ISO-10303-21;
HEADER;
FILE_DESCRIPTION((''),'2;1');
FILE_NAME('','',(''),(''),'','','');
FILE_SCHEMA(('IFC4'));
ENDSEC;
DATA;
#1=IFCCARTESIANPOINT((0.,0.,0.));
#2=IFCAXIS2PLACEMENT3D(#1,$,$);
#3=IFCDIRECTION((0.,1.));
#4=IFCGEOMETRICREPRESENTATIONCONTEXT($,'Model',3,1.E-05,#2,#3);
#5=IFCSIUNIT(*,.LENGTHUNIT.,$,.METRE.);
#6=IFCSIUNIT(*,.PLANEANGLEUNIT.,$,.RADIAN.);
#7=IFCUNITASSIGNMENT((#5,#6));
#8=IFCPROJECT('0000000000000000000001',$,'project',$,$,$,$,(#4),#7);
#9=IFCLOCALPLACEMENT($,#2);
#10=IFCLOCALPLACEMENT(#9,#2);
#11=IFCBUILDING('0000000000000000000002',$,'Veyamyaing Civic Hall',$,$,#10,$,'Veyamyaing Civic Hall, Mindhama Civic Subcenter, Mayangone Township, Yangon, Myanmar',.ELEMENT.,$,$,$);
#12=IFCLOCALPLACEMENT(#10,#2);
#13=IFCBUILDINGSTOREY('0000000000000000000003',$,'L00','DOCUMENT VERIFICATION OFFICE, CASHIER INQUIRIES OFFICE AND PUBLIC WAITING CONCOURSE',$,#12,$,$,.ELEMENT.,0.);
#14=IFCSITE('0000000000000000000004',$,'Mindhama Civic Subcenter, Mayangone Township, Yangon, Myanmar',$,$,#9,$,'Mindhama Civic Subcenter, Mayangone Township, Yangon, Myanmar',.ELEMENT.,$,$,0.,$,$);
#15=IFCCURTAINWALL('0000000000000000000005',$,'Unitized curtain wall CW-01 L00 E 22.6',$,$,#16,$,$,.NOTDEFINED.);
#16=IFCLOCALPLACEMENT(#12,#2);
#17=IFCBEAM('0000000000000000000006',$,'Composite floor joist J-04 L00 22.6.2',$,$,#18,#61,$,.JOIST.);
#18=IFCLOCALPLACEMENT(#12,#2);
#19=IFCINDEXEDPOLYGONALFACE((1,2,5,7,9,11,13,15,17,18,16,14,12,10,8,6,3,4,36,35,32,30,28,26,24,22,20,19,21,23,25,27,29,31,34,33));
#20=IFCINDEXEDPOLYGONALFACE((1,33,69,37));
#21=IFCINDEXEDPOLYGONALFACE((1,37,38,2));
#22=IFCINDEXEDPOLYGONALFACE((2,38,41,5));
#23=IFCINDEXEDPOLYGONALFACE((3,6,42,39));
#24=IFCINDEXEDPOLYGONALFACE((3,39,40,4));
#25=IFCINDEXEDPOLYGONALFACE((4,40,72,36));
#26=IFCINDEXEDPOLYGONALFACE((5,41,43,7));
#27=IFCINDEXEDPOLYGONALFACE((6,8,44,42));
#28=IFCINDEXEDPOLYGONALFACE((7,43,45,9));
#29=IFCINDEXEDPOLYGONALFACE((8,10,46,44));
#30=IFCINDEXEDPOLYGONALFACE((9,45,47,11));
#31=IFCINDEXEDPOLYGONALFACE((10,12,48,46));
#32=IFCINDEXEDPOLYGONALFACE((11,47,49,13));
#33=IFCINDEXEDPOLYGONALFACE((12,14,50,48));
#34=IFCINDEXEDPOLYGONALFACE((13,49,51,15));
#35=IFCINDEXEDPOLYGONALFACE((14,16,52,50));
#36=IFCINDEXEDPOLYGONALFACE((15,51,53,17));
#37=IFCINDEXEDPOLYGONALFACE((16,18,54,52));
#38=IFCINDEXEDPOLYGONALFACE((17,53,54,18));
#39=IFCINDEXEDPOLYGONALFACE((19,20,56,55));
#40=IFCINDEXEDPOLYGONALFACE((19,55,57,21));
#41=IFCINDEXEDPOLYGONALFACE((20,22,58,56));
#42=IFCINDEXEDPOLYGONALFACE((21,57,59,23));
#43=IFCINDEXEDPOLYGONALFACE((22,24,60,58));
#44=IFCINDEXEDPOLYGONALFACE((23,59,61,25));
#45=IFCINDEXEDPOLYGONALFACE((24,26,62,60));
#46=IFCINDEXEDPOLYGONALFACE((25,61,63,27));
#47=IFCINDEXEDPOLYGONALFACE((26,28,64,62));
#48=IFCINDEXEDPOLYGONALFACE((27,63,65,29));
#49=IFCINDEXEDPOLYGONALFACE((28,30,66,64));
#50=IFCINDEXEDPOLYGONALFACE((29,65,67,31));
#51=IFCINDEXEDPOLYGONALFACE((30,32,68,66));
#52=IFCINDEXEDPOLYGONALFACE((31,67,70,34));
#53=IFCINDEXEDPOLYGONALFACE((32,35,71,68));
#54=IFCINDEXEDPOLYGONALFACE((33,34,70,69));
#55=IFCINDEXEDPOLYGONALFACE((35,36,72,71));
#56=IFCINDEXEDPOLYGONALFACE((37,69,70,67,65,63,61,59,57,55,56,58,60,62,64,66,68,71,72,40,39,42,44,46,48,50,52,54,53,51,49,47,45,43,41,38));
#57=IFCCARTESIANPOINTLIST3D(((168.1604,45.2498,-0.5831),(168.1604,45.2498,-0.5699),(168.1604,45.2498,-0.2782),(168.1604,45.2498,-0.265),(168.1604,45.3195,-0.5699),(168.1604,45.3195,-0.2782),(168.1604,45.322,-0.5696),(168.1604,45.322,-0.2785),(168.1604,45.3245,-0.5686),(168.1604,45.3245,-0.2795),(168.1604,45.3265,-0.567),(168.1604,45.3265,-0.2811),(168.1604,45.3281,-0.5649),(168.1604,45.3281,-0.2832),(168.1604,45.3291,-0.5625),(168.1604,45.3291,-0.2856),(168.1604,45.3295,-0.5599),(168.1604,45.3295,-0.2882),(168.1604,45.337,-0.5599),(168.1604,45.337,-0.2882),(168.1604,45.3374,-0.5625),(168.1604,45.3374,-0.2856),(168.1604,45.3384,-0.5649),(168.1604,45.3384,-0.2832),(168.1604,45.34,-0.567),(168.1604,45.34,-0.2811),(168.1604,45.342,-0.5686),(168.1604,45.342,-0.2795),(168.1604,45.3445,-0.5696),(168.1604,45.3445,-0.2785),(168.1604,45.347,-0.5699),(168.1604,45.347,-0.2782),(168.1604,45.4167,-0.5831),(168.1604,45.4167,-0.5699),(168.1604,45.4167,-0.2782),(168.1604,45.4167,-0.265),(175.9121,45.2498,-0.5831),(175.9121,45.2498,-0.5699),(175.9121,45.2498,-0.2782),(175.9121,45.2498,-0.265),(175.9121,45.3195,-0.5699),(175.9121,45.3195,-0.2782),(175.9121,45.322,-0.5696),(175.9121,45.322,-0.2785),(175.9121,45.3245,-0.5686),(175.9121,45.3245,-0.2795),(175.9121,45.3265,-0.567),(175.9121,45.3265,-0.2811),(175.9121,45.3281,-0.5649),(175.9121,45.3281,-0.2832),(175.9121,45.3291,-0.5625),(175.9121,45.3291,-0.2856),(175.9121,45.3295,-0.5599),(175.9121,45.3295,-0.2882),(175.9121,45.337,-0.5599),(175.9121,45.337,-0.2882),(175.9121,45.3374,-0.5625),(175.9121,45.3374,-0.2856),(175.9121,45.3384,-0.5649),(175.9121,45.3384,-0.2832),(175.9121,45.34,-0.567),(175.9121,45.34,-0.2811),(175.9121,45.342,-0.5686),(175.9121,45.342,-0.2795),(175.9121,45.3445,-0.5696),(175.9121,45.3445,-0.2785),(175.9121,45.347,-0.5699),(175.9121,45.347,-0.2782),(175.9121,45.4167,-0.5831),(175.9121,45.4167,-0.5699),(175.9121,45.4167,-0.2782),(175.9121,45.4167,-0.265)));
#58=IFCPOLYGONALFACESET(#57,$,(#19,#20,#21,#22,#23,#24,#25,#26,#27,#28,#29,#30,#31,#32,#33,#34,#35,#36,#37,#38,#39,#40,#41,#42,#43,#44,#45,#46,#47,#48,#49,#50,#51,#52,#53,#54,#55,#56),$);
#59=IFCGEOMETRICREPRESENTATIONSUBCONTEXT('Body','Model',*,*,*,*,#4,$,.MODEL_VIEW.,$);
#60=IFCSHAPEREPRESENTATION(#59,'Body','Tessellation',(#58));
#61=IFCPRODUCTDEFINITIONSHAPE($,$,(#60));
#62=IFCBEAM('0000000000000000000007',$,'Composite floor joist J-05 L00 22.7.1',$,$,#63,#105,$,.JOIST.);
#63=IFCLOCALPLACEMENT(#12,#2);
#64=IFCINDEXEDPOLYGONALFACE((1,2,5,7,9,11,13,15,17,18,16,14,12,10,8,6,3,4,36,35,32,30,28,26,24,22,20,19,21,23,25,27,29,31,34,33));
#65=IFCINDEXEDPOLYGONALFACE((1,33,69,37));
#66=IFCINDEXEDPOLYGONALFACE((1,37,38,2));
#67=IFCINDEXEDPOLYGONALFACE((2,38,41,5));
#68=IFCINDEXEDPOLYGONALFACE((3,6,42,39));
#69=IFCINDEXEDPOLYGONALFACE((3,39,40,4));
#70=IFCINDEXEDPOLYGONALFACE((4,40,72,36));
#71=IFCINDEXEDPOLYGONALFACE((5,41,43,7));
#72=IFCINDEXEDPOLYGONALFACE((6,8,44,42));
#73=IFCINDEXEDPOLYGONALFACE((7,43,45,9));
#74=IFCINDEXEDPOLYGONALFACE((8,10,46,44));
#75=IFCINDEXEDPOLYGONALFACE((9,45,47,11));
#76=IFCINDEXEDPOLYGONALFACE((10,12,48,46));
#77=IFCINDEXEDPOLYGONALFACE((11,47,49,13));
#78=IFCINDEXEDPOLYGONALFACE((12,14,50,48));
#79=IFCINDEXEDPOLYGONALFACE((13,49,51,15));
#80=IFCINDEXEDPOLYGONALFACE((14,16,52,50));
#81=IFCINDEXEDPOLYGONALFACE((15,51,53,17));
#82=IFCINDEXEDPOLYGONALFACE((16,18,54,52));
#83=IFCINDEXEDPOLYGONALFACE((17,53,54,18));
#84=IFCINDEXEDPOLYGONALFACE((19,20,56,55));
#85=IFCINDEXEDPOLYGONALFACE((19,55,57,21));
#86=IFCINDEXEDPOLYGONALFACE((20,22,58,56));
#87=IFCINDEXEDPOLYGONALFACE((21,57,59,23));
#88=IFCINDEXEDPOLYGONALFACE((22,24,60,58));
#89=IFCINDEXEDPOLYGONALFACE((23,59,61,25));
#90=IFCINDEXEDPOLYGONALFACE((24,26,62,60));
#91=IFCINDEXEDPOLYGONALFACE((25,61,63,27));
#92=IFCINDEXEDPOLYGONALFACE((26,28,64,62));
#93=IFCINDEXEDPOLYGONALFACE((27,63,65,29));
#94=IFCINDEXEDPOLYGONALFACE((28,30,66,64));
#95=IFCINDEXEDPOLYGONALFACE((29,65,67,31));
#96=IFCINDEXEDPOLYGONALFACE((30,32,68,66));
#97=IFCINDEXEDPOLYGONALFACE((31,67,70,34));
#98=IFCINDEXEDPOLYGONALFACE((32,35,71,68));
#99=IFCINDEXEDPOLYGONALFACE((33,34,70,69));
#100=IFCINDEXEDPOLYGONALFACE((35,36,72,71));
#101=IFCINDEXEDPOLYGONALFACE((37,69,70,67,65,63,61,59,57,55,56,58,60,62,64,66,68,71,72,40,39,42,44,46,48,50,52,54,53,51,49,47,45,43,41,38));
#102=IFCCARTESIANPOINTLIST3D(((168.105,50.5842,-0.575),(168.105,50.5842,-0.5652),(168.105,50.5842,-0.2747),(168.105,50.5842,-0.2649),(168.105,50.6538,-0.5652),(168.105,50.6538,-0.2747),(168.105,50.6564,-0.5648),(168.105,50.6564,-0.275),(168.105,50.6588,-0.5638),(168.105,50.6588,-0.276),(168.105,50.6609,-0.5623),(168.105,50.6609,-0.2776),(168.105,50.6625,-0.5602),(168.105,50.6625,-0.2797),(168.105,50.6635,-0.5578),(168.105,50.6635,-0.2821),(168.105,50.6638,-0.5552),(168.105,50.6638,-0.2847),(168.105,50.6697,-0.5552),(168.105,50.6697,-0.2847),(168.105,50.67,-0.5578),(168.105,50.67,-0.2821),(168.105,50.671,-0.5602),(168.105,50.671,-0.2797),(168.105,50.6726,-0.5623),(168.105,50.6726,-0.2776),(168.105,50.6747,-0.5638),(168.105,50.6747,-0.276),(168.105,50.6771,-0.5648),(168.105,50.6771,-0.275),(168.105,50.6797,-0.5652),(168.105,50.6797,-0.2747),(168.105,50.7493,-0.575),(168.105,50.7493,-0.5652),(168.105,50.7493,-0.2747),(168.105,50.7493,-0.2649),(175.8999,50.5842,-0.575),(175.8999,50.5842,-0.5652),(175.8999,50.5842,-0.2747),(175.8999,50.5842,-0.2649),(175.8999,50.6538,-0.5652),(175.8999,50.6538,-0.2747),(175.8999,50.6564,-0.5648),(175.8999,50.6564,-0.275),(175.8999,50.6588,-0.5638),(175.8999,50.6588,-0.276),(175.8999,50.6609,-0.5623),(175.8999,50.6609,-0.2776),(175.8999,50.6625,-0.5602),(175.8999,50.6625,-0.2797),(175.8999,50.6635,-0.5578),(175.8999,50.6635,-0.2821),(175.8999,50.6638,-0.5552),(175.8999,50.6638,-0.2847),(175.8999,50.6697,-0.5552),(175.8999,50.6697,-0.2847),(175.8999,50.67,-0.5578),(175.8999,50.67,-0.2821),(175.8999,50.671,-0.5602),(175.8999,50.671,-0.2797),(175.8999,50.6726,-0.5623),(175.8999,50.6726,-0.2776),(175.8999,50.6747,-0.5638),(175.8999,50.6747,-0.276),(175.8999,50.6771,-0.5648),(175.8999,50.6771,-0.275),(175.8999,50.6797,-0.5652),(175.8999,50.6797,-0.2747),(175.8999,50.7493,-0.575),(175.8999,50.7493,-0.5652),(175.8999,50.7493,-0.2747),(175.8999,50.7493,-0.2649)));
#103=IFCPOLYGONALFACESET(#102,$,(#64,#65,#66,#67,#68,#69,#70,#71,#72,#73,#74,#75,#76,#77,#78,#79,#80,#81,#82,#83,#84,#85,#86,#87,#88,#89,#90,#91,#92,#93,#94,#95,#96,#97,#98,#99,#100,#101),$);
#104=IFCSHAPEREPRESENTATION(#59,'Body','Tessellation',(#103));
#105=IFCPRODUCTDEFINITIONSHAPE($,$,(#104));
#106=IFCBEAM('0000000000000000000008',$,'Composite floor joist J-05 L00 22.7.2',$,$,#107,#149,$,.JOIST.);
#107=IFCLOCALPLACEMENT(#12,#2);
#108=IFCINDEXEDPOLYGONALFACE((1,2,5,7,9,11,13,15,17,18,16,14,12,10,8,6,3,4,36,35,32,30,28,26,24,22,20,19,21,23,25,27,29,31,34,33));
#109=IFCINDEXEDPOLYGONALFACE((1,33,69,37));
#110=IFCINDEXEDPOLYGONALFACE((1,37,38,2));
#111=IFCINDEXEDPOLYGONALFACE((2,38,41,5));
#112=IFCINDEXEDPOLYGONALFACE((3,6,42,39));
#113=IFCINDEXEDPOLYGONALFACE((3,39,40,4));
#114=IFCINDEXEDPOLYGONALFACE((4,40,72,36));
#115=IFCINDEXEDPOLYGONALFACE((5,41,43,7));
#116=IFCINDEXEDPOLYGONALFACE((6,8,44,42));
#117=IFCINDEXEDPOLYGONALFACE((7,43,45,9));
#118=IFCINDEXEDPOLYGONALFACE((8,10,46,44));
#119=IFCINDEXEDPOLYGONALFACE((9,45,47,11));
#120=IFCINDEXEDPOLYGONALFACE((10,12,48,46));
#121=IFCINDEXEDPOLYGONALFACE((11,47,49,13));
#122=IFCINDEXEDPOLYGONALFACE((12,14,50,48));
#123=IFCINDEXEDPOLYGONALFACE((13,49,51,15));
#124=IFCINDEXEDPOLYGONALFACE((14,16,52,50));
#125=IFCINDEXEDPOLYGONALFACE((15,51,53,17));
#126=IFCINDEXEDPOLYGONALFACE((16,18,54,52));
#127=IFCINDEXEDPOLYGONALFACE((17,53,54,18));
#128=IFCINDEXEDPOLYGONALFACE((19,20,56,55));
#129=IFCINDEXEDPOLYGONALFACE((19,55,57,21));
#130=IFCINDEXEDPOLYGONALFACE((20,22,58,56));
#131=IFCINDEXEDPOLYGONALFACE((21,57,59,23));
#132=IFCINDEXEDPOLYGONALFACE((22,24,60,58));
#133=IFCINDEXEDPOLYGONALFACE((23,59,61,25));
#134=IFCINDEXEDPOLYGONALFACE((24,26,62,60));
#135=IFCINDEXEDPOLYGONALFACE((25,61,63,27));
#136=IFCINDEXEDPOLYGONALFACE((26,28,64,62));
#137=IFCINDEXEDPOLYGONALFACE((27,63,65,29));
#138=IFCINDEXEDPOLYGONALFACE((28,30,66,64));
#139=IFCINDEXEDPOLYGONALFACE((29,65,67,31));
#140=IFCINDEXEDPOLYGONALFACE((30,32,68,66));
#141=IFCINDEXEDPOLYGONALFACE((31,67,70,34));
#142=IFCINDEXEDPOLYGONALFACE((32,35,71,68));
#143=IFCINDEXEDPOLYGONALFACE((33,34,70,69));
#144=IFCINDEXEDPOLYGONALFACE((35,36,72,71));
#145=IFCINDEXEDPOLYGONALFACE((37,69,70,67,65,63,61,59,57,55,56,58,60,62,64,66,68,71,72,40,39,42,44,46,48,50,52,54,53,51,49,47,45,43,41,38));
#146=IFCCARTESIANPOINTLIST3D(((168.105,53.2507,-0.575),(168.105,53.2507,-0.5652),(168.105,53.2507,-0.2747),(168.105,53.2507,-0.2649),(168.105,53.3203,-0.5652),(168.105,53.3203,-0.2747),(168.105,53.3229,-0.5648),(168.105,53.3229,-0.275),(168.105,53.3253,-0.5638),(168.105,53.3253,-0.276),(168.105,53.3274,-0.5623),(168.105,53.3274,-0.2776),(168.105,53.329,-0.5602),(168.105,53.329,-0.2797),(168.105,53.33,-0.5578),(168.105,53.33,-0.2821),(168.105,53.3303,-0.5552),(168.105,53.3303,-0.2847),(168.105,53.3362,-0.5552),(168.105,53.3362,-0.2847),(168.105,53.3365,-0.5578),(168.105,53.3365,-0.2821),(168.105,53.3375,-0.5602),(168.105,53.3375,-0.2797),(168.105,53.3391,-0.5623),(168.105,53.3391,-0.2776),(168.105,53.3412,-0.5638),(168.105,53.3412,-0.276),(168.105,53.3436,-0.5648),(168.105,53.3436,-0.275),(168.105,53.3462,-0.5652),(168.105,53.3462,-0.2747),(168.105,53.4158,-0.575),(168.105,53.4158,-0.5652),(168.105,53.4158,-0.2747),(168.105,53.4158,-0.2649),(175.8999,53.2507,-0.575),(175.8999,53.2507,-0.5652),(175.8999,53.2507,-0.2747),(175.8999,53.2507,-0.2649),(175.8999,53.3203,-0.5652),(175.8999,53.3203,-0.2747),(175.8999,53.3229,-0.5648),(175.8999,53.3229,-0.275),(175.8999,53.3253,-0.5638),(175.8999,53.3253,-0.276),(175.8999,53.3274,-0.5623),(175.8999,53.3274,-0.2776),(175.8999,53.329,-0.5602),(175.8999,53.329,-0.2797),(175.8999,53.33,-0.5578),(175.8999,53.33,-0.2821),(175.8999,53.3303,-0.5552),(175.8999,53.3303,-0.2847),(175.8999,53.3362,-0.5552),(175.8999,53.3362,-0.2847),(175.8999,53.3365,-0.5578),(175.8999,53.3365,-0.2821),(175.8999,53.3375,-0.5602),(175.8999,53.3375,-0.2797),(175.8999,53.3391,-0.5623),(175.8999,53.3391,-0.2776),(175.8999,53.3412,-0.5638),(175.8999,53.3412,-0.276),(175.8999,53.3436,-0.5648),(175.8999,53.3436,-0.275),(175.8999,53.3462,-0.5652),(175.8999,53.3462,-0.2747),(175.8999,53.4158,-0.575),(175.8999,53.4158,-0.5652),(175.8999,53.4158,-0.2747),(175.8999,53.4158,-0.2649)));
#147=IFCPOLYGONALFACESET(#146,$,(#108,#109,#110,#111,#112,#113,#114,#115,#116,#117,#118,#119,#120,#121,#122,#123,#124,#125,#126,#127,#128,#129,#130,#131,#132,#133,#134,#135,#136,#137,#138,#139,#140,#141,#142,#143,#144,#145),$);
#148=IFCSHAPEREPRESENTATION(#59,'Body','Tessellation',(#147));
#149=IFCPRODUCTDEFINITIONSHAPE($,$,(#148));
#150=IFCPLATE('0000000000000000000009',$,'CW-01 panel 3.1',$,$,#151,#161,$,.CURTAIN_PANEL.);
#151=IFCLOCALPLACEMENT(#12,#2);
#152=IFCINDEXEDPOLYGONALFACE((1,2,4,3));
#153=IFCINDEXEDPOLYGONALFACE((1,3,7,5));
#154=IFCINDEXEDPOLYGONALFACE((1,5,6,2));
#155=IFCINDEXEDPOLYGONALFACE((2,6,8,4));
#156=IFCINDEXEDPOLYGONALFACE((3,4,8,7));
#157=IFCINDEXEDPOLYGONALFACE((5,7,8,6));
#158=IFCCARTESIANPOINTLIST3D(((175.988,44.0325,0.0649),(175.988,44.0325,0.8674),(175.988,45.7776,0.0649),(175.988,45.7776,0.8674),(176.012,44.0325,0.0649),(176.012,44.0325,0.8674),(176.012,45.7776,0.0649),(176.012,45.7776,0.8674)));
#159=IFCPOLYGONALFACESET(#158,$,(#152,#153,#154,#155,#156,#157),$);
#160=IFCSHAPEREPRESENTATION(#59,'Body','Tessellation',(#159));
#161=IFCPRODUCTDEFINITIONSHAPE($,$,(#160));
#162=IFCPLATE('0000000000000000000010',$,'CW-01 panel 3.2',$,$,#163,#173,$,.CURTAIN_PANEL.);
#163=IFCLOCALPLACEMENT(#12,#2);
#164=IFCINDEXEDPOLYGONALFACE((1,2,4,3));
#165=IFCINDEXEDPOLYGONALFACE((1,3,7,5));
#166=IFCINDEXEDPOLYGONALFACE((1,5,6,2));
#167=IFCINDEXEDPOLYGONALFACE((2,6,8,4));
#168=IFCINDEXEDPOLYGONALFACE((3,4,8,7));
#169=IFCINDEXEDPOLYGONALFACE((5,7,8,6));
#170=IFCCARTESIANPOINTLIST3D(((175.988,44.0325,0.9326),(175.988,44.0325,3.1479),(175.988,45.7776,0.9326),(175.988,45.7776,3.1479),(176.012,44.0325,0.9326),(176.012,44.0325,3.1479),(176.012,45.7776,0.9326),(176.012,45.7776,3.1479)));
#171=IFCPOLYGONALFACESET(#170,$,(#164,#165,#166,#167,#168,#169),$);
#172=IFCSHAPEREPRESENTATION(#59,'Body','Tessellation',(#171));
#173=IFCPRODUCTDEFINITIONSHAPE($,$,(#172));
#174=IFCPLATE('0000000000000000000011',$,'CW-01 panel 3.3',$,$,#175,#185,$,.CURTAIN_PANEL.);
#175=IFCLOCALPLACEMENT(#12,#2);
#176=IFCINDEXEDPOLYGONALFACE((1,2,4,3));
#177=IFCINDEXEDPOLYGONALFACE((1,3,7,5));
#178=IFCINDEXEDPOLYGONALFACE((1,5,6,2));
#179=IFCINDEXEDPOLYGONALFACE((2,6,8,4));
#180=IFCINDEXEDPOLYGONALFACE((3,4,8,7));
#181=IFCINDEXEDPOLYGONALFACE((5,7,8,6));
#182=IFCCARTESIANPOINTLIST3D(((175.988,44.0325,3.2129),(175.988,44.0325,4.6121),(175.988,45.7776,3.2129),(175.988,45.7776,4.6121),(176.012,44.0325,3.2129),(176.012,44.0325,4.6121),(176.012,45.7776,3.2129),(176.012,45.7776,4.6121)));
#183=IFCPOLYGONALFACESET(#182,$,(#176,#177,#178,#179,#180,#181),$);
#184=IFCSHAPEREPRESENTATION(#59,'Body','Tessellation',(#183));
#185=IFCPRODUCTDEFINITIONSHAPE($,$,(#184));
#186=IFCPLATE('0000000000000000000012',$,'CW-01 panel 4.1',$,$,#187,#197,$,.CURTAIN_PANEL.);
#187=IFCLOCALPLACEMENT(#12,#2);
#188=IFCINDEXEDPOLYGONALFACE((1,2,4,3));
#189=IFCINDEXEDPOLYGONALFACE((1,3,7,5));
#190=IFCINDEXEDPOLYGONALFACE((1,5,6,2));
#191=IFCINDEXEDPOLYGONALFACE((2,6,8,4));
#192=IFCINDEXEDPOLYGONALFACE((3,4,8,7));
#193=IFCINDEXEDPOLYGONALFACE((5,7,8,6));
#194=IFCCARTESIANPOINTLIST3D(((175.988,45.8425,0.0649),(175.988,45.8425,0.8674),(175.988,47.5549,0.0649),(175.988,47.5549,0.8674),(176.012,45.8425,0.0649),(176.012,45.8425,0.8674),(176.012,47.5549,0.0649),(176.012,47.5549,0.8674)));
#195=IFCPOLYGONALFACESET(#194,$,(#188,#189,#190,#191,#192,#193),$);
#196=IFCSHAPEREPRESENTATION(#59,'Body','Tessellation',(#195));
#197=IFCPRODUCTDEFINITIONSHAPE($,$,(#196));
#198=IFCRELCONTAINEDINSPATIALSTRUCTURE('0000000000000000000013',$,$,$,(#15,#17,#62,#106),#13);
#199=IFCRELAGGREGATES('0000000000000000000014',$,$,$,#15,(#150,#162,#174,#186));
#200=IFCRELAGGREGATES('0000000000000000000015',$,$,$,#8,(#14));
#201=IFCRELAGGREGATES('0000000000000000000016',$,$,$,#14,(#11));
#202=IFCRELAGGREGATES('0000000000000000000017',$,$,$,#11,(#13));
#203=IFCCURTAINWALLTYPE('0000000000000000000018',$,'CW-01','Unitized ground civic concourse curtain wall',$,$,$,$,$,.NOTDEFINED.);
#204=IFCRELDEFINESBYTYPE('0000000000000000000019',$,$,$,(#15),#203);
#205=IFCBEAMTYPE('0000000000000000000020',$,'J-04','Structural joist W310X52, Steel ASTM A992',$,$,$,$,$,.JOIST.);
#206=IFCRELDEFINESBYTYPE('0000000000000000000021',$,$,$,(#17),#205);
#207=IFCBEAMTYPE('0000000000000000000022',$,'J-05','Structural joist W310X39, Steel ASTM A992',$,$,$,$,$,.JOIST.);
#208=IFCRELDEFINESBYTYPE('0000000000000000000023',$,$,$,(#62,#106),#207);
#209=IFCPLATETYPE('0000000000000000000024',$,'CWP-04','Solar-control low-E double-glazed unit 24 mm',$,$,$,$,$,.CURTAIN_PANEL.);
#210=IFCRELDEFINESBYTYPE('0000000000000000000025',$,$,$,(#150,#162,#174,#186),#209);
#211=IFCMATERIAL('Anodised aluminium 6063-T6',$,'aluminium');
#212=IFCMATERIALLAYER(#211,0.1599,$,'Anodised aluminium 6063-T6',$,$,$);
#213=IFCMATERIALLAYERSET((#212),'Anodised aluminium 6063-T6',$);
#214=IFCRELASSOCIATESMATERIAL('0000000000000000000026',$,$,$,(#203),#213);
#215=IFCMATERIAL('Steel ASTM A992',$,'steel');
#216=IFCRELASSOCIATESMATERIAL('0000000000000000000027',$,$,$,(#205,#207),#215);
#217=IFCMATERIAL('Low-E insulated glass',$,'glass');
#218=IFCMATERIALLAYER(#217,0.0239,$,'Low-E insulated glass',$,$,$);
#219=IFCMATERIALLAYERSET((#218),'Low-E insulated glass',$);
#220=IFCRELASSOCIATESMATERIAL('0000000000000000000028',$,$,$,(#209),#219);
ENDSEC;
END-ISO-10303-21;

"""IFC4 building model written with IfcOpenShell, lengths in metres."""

from ifc_helpers import new_model, si_unit, direction, frame, origin, origin_2d, place, context, subcontext, project, spatial, rectangle, i_section, extrude, material, layer, layer_set, material_profile, profile_set, type_object, element, aggregate, save


model = new_model("IFC4")

# Units and contexts
model_context = context("Model", 3, precision=1e-05, world=origin(), true_north=direction((0.0, 1.0)))
body_context = subcontext(model_context, "Body", "Model", "MODEL_VIEW")
ifc_project = project(units=[si_unit("LENGTHUNIT", "METRE"), si_unit("PLANEANGLEUNIT", "RADIAN")], contexts=[model_context])

# Site, building, storey
site_placement = place(None, origin())
site = spatial("IfcSite", under=ifc_project, at=site_placement, Name="Mindhama Civic Subcenter, Mayangone Township, Yangon, Myanmar", LongName="Mindhama Civic Subcenter, Mayangone Township, Yangon, Myanmar", CompositionType="ELEMENT", RefElevation=0.0)
building_placement = place(site_placement, origin())
building = spatial("IfcBuilding", under=site, at=building_placement, Name="Veyamyaing Civic Hall", LongName="Veyamyaing Civic Hall, Mindhama Civic Subcenter, Mayangone Township, Yangon, Myanmar", CompositionType="ELEMENT")
storey_placement = place(building_placement, origin())
storey = spatial("IfcBuildingStorey", under=building, at=storey_placement, Name="L00", Description="DOCUMENT VERIFICATION OFFICE, CASHIER INQUIRIES OFFICE AND PUBLIC WAITING CONCOURSE", CompositionType="ELEMENT", Elevation=0.0)

# Shared definitions
ifc_material_1 = material(Name="Steel ASTM A992", Category="steel")

# Curtain wall
ifc_material_2 = material(Name="Anodised aluminium 6063-T6", Category="aluminium")
ifc_layer_1 = layer(ifc_material_2, 0.1599, Name="Anodised aluminium 6063-T6")
ifc_layer_set_1 = layer_set([ifc_layer_1], Name="Anodised aluminium 6063-T6")
curtain_wall_type = type_object("IfcCurtainWallType", Name="CW-01", Description="Unitized ground civic concourse curtain wall", PredefinedType="NOTDEFINED", material=ifc_layer_set_1)
curtain_wall_placement = place(storey_placement, origin())
curtain_wall = element("IfcCurtainWall", 1, at=curtain_wall_placement, inside=storey, type_object=curtain_wall_type, Name="Unitized curtain wall CW-01 L00 E 22.6", PredefinedType="NOTDEFINED")

# Beams
ifc_material_profile_1 = material_profile(ifc_material_1, i_section(OverallWidth=0.167, OverallDepth=0.3181, WebThickness=0.0076, FlangeThickness=0.0132, FilletRadius=0.01, at=origin_2d()), Name="W310X52")
ifc_profile_set_1 = profile_set([ifc_material_profile_1], Name="Steel ASTM A992")
beam_type_1 = type_object("IfcBeamType", Name="J-04", Description="Structural joist W310X52, Steel ASTM A992", PredefinedType="JOIST", material=ifc_profile_set_1)
beam_1_placement = place(storey_placement, frame((168.1604, 45.3333, -0.4241), z_axis=(1.0, 0.0, 0.0), x_axis=(0.0, 1.0, 0.0)))
element("IfcBeam", 2, at=beam_1_placement, inside=storey, type_object=beam_type_1, Name="Composite floor joist J-04 L00 22.6.2", PredefinedType="JOIST", context=body_context, shape_type="SweptSolid", body=[
    extrude(i_section(OverallWidth=0.167, OverallDepth=0.3181, WebThickness=0.0076, FlangeThickness=0.0132, FilletRadius=0.01, at=origin_2d()), origin(), (0.0, 0.0, 1.0), 7.7517),
])
ifc_material_profile_2 = material_profile(ifc_material_1, i_section(OverallWidth=0.165, OverallDepth=0.3101, WebThickness=0.0059, FlangeThickness=0.0098, FilletRadius=0.01, at=origin_2d()), Name="W310X39")
ifc_profile_set_2 = profile_set([ifc_material_profile_2], Name="Steel ASTM A992")
beam_type_2 = type_object("IfcBeamType", Name="J-05", Description="Structural joist W310X39, Steel ASTM A992", PredefinedType="JOIST", material=ifc_profile_set_2)
for number, where, z_axis, x_axis, name in (
    (3, (168.105, 50.6667, -0.4199), (1.0, 0.0, 0.0), (0.0, 1.0, 0.0), "Composite floor joist J-05 L00 22.7.1"),
    (4, (168.105, 53.3333, -0.4199), (1.0, 0.0, 0.0), (0.0, 1.0, 0.0), "Composite floor joist J-05 L00 22.7.2"),
):
    element("IfcBeam", number, at=place(storey_placement, frame(where, z_axis=z_axis, x_axis=x_axis)), inside=storey, type_object=beam_type_2, Name=name, PredefinedType="JOIST", context=body_context, shape_type="SweptSolid", body=[
        extrude(i_section(OverallWidth=0.165, OverallDepth=0.3101, WebThickness=0.0059, FlangeThickness=0.0098, FilletRadius=0.01, at=origin_2d()), origin(), (0.0, 0.0, 1.0), 7.7949),
    ])

# Plates
ifc_material_3 = material(Name="Low-E insulated glass", Category="glass")
ifc_layer_2 = layer(ifc_material_3, 0.0239, Name="Low-E insulated glass")
ifc_layer_set_2 = layer_set([ifc_layer_2], Name="Low-E insulated glass")
plate_type = type_object("IfcPlateType", Name="CWP-04", Description="Solar-control low-E double-glazed unit 24 mm", PredefinedType="CURTAIN_PANEL", material=ifc_layer_set_2)
plate_1_placement = place(storey_placement, frame((176.0, 44.905, 0.0649), z_axis=(0.0, 0.0, 1.0), x_axis=(0.0, 1.0, 0.0)))
plate_1 = element("IfcPlate", 5, at=plate_1_placement, type_object=plate_type, Name="CW-01 panel 3.1", PredefinedType="CURTAIN_PANEL", context=body_context, shape_type="SweptSolid", body=[
    extrude(rectangle(XDim=1.7451, YDim=0.0239, at=origin_2d()), origin(), (0.0, 0.0, 1.0), 0.8025),
])
plate_2_placement = place(storey_placement, frame((176.0, 44.905, 0.9326), z_axis=(0.0, 0.0, 1.0), x_axis=(0.0, 1.0, 0.0)))
plate_2 = element("IfcPlate", 6, at=plate_2_placement, type_object=plate_type, Name="CW-01 panel 3.2", PredefinedType="CURTAIN_PANEL", context=body_context, shape_type="SweptSolid", body=[
    extrude(rectangle(XDim=1.7451, YDim=0.0239, at=origin_2d()), origin(), (0.0, 0.0, 1.0), 2.2153),
])
plate_3_placement = place(storey_placement, frame((176.0, 44.905, 3.2129), z_axis=(0.0, 0.0, 1.0), x_axis=(0.0, 1.0, 0.0)))
plate_3 = element("IfcPlate", 7, at=plate_3_placement, type_object=plate_type, Name="CW-01 panel 3.3", PredefinedType="CURTAIN_PANEL", context=body_context, shape_type="SweptSolid", body=[
    extrude(rectangle(XDim=1.7451, YDim=0.0239, at=origin_2d()), origin(), (0.0, 0.0, 1.0), 1.3992),
])
plate_4_placement = place(storey_placement, frame((176.0, 46.6987, 0.0649), z_axis=(0.0, 0.0, 1.0), x_axis=(0.0, 1.0, 0.0)))
plate_4 = element("IfcPlate", 8, at=plate_4_placement, type_object=plate_type, Name="CW-01 panel 4.1", PredefinedType="CURTAIN_PANEL", context=body_context, shape_type="SweptSolid", body=[
    extrude(rectangle(XDim=1.7124, YDim=0.0239, at=origin_2d()), origin(), (0.0, 0.0, 1.0), 0.8025),
])
aggregate(curtain_wall, [plate_1, plate_2, plate_3, plate_4])

save(model, "model.ifc")
